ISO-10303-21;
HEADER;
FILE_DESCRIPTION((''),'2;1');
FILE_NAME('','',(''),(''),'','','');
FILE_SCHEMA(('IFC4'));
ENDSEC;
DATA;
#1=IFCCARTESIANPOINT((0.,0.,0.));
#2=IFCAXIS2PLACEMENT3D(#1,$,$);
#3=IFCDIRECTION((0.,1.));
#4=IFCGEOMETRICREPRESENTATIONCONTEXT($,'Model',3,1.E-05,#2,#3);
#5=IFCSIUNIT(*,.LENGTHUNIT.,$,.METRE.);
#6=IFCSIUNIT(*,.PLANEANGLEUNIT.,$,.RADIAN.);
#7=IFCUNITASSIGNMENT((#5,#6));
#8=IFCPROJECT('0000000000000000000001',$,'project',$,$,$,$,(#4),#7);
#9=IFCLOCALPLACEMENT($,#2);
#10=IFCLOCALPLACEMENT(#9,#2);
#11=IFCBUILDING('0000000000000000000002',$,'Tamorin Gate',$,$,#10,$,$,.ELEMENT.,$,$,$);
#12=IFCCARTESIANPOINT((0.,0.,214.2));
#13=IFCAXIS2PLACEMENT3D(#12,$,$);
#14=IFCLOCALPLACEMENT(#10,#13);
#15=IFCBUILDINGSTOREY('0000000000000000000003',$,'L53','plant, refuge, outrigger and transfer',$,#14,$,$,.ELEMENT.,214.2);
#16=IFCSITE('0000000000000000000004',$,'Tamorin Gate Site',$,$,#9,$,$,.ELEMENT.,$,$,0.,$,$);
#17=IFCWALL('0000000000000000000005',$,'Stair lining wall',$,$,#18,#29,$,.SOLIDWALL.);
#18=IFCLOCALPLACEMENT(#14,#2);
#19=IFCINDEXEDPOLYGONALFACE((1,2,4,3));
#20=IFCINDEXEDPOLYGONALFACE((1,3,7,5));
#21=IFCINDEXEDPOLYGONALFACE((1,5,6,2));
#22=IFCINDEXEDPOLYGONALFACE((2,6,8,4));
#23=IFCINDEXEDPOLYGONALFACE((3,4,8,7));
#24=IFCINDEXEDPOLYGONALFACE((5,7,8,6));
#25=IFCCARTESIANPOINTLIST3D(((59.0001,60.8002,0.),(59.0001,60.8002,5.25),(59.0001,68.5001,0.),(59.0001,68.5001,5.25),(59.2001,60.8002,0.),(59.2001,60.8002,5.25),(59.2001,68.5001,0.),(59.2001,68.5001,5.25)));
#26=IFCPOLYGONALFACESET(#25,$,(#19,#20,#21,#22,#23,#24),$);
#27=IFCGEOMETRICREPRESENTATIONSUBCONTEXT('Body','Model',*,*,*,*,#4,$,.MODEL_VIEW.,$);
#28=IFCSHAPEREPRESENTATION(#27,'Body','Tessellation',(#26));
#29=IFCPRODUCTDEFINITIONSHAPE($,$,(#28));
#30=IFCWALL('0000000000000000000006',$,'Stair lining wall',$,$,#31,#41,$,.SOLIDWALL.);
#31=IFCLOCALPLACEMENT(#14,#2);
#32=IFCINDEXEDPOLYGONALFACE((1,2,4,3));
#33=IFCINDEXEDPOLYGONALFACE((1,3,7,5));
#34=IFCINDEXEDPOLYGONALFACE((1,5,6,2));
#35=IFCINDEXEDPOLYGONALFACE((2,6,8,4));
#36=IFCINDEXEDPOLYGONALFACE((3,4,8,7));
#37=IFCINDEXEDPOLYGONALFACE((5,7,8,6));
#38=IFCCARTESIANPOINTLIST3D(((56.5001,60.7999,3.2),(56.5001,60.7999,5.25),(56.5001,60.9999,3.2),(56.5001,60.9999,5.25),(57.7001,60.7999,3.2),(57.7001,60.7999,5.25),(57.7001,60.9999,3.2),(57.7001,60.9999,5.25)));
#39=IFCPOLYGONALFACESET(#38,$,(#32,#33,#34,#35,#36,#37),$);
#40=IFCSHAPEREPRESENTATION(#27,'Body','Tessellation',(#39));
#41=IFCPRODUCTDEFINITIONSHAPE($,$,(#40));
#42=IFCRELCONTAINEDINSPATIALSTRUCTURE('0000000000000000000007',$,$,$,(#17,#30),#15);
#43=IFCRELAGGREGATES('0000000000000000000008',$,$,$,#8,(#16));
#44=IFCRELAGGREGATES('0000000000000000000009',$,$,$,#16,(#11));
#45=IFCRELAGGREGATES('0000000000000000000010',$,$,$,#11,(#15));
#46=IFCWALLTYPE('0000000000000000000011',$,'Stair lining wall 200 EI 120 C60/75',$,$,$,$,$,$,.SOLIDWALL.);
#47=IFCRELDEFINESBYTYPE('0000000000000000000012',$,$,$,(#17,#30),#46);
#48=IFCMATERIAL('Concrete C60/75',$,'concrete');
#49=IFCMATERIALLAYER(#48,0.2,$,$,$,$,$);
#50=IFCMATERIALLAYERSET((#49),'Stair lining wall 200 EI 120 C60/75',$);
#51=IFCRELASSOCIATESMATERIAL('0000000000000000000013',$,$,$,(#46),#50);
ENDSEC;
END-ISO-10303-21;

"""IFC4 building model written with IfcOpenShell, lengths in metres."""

from ifc_helpers import new_model, si_unit, direction, frame, frame_2d, origin, place, context, subcontext, project, spatial, rectangle, extrude, material, layer, layer_set, type_object, element, save


model = new_model("IFC4")

# Units and contexts
model_context = context("Model", 3, precision=1e-05, world=origin(), true_north=direction((0.0, 1.0)))
body_context = subcontext(model_context, "Body", "Model", "MODEL_VIEW")
ifc_project = project(units=[si_unit("LENGTHUNIT", "METRE"), si_unit("PLANEANGLEUNIT", "RADIAN")], contexts=[model_context])

# Site, building, storey
site_placement = place(None, origin())
site = spatial("IfcSite", under=ifc_project, at=site_placement, Name="Tamorin Gate Site", CompositionType="ELEMENT", RefElevation=0.0)
building_placement = place(site_placement, origin())
building = spatial("IfcBuilding", under=site, at=building_placement, Name="Tamorin Gate", CompositionType="ELEMENT")
storey_placement = place(building_placement, frame((0.0, 0.0, 214.2)))
storey = spatial("IfcBuildingStorey", under=building, at=storey_placement, Name="L53", Description="plant, refuge, outrigger and transfer", CompositionType="ELEMENT", Elevation=214.2)

# Shared definitions
ifc_material_1 = material(Name="Concrete C60/75", Category="concrete")

# Walls
ifc_layer_1 = layer(ifc_material_1, 0.2)
ifc_layer_set_1 = layer_set([ifc_layer_1], Name="Stair lining wall 200 EI 120 C60/75")
wall_type_1 = type_object("IfcWallType", Name="Stair lining wall 200 EI 120 C60/75", PredefinedType="SOLIDWALL", material=ifc_layer_set_1)
wall_1_placement = place(storey_placement, frame((59.1001, 60.8, 0.0), z_axis=(0.0, 0.0, 1.0), x_axis=(0.0, 1.0, 0.0)))
element("IfcWall", 1, at=wall_1_placement, inside=storey, type_object=wall_type_1, Name="Stair lining wall", PredefinedType="SOLIDWALL", context=body_context, shape_type="SweptSolid", body=[
    extrude(rectangle(XDim=7.7, YDim=0.2, at=frame_2d((3.8501, 0.0))), origin(), (0.0, 0.0, 1.0), 5.25),
])
wall_2_placement = place(storey_placement, frame((56.5, 60.8999, 3.2), z_axis=(0.0, 0.0, 1.0), x_axis=(1.0, 0.0, 0.0)))
element("IfcWall", 2, at=wall_2_placement, inside=storey, type_object=wall_type_1, Name="Stair lining wall", PredefinedType="SOLIDWALL", context=body_context, shape_type="SweptSolid", body=[
    extrude(rectangle(XDim=1.2, YDim=0.2, at=frame_2d((0.6001, 0.0))), origin(), (0.0, 0.0, 1.0), 2.05),
])

save(model, "model.ifc")
